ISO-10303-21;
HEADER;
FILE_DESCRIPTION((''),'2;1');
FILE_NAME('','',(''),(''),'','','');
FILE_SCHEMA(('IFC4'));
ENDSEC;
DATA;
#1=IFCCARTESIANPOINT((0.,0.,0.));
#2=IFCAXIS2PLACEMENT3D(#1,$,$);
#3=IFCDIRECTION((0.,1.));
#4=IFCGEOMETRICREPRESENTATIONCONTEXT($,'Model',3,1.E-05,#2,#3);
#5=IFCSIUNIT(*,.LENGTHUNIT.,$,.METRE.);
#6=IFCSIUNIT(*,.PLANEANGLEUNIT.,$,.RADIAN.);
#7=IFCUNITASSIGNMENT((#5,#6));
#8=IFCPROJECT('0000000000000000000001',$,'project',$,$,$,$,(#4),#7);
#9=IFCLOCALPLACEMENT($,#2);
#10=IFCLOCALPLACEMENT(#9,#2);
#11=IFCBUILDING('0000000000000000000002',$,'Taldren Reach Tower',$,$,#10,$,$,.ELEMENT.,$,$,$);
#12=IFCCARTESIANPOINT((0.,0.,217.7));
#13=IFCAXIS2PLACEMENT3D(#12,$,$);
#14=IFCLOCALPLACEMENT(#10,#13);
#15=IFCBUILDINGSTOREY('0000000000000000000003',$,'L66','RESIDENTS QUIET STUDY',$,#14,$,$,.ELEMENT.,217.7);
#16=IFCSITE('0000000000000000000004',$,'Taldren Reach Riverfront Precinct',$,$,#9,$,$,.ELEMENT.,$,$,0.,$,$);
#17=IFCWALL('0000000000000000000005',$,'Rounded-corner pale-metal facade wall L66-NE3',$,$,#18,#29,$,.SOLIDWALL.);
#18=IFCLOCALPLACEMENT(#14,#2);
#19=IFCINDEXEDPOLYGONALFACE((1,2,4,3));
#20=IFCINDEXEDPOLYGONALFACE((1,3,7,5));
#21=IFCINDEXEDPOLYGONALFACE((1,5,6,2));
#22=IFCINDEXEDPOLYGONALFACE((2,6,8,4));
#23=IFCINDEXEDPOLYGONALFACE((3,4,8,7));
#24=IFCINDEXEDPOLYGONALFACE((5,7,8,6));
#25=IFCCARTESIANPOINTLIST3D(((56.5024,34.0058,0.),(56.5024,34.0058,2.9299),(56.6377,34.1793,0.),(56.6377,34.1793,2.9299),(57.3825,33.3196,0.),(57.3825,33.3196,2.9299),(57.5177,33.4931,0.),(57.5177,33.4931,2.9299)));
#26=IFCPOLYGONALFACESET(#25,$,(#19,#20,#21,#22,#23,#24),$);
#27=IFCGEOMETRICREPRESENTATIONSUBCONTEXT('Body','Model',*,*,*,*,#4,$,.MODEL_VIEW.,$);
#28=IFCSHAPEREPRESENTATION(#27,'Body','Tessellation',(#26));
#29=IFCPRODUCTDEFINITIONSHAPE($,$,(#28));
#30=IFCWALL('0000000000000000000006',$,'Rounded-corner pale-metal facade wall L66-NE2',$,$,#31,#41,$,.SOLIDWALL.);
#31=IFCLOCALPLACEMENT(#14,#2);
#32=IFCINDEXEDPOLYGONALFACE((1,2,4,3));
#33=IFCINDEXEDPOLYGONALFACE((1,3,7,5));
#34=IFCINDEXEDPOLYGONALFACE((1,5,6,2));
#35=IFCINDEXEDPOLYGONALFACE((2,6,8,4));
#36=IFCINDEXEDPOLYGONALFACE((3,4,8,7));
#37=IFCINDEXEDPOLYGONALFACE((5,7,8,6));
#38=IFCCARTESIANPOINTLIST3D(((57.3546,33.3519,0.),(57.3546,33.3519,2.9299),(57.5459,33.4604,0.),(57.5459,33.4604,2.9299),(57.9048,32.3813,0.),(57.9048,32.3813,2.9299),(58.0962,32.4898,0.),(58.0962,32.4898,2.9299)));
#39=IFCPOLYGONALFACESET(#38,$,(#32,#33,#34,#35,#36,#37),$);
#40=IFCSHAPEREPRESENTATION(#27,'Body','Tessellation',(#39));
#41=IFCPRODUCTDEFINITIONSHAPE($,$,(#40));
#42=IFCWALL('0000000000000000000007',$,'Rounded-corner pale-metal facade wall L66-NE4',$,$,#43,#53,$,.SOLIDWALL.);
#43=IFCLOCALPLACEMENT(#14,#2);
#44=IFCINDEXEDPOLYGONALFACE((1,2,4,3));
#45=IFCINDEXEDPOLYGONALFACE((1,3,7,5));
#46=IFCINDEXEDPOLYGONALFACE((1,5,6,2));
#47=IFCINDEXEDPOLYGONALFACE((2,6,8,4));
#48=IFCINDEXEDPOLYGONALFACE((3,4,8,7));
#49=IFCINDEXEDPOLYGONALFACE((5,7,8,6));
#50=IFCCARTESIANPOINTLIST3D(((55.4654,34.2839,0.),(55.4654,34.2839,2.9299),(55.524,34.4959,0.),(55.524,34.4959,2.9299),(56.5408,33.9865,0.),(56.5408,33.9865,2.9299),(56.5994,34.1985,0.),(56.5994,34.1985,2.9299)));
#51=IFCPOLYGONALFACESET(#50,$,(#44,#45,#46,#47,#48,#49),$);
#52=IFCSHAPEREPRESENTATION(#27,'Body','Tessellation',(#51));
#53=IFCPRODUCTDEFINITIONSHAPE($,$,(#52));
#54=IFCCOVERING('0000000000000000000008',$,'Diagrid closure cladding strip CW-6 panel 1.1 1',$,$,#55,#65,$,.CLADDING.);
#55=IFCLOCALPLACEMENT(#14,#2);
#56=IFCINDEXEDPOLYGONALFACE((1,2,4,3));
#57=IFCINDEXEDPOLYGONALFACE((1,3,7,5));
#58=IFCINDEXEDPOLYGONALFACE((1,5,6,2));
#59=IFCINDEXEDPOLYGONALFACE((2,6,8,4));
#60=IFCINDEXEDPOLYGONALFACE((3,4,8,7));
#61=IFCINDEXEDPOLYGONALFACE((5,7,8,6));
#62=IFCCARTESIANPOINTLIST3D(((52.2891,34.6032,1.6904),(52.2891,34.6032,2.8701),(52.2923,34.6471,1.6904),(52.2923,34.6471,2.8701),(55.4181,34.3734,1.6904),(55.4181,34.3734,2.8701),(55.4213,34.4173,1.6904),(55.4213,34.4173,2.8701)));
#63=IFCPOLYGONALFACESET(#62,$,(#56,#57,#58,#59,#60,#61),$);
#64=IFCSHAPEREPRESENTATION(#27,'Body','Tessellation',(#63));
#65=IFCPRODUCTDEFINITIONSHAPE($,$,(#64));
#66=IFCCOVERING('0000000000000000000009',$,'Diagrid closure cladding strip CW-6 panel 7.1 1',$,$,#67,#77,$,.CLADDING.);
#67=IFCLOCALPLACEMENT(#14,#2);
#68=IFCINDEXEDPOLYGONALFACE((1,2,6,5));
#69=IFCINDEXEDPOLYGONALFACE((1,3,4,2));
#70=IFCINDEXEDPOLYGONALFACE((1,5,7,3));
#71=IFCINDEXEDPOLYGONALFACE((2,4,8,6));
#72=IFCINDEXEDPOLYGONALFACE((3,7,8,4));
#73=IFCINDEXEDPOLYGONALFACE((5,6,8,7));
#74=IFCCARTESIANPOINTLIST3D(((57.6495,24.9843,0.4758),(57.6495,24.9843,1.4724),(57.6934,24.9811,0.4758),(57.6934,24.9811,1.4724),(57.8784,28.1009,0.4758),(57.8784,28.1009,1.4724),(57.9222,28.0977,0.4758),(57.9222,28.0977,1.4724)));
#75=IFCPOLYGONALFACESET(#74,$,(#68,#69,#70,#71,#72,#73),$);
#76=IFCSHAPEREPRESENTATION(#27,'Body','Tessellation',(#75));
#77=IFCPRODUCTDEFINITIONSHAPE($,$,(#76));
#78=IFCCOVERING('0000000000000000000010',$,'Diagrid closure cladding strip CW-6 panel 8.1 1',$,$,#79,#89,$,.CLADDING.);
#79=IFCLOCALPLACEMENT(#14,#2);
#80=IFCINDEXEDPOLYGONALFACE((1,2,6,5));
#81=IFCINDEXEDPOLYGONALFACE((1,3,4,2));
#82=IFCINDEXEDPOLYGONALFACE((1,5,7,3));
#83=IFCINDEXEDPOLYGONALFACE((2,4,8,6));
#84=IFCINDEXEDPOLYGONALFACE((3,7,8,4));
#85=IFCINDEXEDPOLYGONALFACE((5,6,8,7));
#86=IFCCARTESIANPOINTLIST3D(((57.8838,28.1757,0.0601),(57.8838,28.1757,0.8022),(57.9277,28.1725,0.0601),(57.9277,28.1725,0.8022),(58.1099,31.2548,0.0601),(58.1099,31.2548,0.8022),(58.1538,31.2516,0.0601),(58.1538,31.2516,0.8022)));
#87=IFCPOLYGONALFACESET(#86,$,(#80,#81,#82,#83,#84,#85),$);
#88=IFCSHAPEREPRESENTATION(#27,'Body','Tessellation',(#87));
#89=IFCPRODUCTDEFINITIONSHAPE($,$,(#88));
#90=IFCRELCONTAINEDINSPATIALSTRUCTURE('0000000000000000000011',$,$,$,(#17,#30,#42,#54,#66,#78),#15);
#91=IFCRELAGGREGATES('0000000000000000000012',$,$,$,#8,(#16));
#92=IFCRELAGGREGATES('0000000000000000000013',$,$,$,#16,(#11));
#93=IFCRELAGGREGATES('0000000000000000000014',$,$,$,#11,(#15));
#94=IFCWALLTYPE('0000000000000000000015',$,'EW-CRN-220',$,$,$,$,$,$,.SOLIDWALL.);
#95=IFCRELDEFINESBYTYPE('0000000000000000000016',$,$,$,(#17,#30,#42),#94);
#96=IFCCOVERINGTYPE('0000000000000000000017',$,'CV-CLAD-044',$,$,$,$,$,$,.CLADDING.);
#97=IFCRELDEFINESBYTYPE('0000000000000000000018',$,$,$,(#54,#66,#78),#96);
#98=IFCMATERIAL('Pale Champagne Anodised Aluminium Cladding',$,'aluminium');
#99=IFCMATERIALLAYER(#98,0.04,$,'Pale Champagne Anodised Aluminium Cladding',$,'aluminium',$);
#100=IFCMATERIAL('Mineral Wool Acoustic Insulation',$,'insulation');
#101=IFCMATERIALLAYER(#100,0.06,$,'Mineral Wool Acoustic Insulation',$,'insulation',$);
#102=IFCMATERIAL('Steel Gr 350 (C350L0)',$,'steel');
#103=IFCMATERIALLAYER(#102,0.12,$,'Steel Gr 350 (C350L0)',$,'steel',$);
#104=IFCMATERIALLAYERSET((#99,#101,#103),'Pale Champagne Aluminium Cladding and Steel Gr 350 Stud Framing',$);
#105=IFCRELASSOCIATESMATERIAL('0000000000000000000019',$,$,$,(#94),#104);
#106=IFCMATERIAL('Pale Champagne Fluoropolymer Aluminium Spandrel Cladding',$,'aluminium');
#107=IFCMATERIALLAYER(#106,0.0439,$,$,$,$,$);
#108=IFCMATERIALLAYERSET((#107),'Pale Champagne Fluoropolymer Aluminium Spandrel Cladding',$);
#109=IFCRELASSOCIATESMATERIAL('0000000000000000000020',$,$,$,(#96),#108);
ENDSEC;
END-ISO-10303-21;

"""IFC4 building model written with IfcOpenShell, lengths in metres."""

from ifc_helpers import new_model, si_unit, direction, frame, frame_2d, origin, origin_2d, place, context, subcontext, project, spatial, rectangle, extrude, source, transform, mapped, material, layer, layer_set, type_object, element, save


model = new_model("IFC4")

# Units and contexts
model_context = context("Model", 3, precision=1e-05, world=origin(), true_north=direction((0.0, 1.0)))
body_context = subcontext(model_context, "Body", "Model", "MODEL_VIEW")
ifc_project = project(units=[si_unit("LENGTHUNIT", "METRE"), si_unit("PLANEANGLEUNIT", "RADIAN")], contexts=[model_context])

# Site, building, storey
site_placement = place(None, origin())
site = spatial("IfcSite", under=ifc_project, at=site_placement, Name="Taldren Reach Riverfront Precinct", CompositionType="ELEMENT", RefElevation=0.0)
building_placement = place(site_placement, origin())
building = spatial("IfcBuilding", under=site, at=building_placement, Name="Taldren Reach Tower", CompositionType="ELEMENT")
storey_placement = place(building_placement, frame((0.0, 0.0, 217.7)))
storey = spatial("IfcBuildingStorey", under=building, at=storey_placement, Name="L66", Description="RESIDENTS QUIET STUDY", CompositionType="ELEMENT", Elevation=217.7)

# Shared definitions
ifc_material_1 = material(Name="Steel Gr 350 (C350L0)", Category="steel")

# Walls
ifc_material_2 = material(Name="Pale Champagne Anodised Aluminium Cladding", Category="aluminium")
ifc_layer_1 = layer(ifc_material_2, 0.04, Name="Pale Champagne Anodised Aluminium Cladding", Category="aluminium")
ifc_material_3 = material(Name="Mineral Wool Acoustic Insulation", Category="insulation")
ifc_layer_2 = layer(ifc_material_3, 0.06, Name="Mineral Wool Acoustic Insulation", Category="insulation")
ifc_layer_3 = layer(ifc_material_1, 0.12, Name="Steel Gr 350 (C350L0)", Category="steel")
ifc_layer_set_1 = layer_set([ifc_layer_1, ifc_layer_2, ifc_layer_3], Name="Pale Champagne Aluminium Cladding and Steel Gr 350 Stud Framing")
wall_type = type_object("IfcWallType", Name="EW-CRN-220", PredefinedType="SOLIDWALL", material=ifc_layer_set_1)
shared_shape_1 = source(origin(), body_context, "Body", "SweptSolid", [
    extrude(rectangle(XDim=1.116, YDim=0.22, at=frame_2d((0.5581, 0.0))), origin(), (0.0, 0.0, 1.0), 2.9299),
])
for number, where, z_axis, x_axis, name in (
    (1, (57.4502, 33.4062, 0.0), (0.0, 0.0, 1.0), (-0.788598, 0.614909, 0.0), "Rounded-corner pale-metal facade wall L66-NE3"),
):
    element("IfcWall", number, at=place(storey_placement, frame(where, z_axis=z_axis, x_axis=x_axis)), inside=storey, type_object=wall_type, Name=name, PredefinedType="SOLIDWALL", context=body_context, shape_type="MappedRepresentation", body=[
        mapped(shared_shape_1, transform((0.0, 0.0, 0.0), scale=1.0)),
    ])
shared_shape_2 = source(origin(), body_context, "Body", "SweptSolid", [
    extrude(rectangle(XDim=1.1157, YDim=0.22, at=frame_2d((0.5579, 0.0))), origin(), (0.0, 0.0, 1.0), 2.9299),
])
for number, where, z_axis, x_axis, name in (
    (2, (58.0005, 32.4355, 0.0), (0.0, 0.0, 1.0), (-0.493167, 0.869935, 0.0), "Rounded-corner pale-metal facade wall L66-NE2"),
    (3, (56.5701, 34.0925, 0.0), (0.0, 0.0, 1.0), (-0.963834, 0.266504, 0.0), "Rounded-corner pale-metal facade wall L66-NE4"),
):
    element("IfcWall", number, at=place(storey_placement, frame(where, z_axis=z_axis, x_axis=x_axis)), inside=storey, type_object=wall_type, Name=name, PredefinedType="SOLIDWALL", context=body_context, shape_type="MappedRepresentation", body=[
        mapped(shared_shape_2, transform((0.0, 0.0, 0.0), scale=1.0)),
    ])

# Coverings
ifc_material_4 = material(Name="Pale Champagne Fluoropolymer Aluminium Spandrel Cladding", Category="aluminium")
ifc_layer_4 = layer(ifc_material_4, 0.0439)
ifc_layer_set_2 = layer_set([ifc_layer_4], Name="Pale Champagne Fluoropolymer Aluminium Spandrel Cladding")
covering_type = type_object("IfcCoveringType", Name="CV-CLAD-044", PredefinedType="CLADDING", material=ifc_layer_set_2)
shared_shape_3 = source(origin(), body_context, "Body", "SweptSolid", [
    extrude(rectangle(XDim=3.1375, YDim=0.0439, at=origin_2d()), origin(), (0.0, 0.0, 1.0), 1.1797),
])
covering_1_placement = place(storey_placement, frame((53.8552, 34.5103, 1.6904), z_axis=(0.0, 0.0, 1.0), x_axis=(-0.997314, 0.073238, 0.0)))
element("IfcCovering", 4, at=covering_1_placement, inside=storey, type_object=covering_type, Name="Diagrid closure cladding strip CW-6 panel 1.1 1", PredefinedType="CLADDING", context=body_context, shape_type="MappedRepresentation", body=[
    mapped(shared_shape_3, transform((0.0, 0.0, 0.0), scale=1.0)),
])
shared_shape_4 = source(origin(), body_context, "Body", "SweptSolid", [
    extrude(rectangle(XDim=3.125, YDim=0.0439, at=origin_2d()), origin(), (0.0, 0.0, 1.0), 0.9966),
])
covering_2_placement = place(storey_placement, frame((57.7859, 26.541, 0.4758), z_axis=(0.0, 0.0, 1.0), x_axis=(0.073238, 0.997314, 0.0)))
element("IfcCovering", 5, at=covering_2_placement, inside=storey, type_object=covering_type, Name="Diagrid closure cladding strip CW-6 panel 7.1 1", PredefinedType="CLADDING", context=body_context, shape_type="MappedRepresentation", body=[
    mapped(shared_shape_4, transform((0.0, 0.0, 0.0), scale=1.0)),
])
shared_shape_5 = source(origin(), body_context, "Body", "SweptSolid", [
    extrude(rectangle(XDim=3.0874, YDim=0.0439, at=origin_2d()), origin(), (0.0, 0.0, 1.0), 0.7422),
])
covering_3_placement = place(storey_placement, frame((58.0188, 29.7136, 0.0601), z_axis=(0.0, 0.0, 1.0), x_axis=(0.073238, 0.997314, 0.0)))
element("IfcCovering", 6, at=covering_3_placement, inside=storey, type_object=covering_type, Name="Diagrid closure cladding strip CW-6 panel 8.1 1", PredefinedType="CLADDING", context=body_context, shape_type="MappedRepresentation", body=[
    mapped(shared_shape_5, transform((0.0, 0.0, 0.0), scale=1.0)),
])

save(model, "model.ifc")
